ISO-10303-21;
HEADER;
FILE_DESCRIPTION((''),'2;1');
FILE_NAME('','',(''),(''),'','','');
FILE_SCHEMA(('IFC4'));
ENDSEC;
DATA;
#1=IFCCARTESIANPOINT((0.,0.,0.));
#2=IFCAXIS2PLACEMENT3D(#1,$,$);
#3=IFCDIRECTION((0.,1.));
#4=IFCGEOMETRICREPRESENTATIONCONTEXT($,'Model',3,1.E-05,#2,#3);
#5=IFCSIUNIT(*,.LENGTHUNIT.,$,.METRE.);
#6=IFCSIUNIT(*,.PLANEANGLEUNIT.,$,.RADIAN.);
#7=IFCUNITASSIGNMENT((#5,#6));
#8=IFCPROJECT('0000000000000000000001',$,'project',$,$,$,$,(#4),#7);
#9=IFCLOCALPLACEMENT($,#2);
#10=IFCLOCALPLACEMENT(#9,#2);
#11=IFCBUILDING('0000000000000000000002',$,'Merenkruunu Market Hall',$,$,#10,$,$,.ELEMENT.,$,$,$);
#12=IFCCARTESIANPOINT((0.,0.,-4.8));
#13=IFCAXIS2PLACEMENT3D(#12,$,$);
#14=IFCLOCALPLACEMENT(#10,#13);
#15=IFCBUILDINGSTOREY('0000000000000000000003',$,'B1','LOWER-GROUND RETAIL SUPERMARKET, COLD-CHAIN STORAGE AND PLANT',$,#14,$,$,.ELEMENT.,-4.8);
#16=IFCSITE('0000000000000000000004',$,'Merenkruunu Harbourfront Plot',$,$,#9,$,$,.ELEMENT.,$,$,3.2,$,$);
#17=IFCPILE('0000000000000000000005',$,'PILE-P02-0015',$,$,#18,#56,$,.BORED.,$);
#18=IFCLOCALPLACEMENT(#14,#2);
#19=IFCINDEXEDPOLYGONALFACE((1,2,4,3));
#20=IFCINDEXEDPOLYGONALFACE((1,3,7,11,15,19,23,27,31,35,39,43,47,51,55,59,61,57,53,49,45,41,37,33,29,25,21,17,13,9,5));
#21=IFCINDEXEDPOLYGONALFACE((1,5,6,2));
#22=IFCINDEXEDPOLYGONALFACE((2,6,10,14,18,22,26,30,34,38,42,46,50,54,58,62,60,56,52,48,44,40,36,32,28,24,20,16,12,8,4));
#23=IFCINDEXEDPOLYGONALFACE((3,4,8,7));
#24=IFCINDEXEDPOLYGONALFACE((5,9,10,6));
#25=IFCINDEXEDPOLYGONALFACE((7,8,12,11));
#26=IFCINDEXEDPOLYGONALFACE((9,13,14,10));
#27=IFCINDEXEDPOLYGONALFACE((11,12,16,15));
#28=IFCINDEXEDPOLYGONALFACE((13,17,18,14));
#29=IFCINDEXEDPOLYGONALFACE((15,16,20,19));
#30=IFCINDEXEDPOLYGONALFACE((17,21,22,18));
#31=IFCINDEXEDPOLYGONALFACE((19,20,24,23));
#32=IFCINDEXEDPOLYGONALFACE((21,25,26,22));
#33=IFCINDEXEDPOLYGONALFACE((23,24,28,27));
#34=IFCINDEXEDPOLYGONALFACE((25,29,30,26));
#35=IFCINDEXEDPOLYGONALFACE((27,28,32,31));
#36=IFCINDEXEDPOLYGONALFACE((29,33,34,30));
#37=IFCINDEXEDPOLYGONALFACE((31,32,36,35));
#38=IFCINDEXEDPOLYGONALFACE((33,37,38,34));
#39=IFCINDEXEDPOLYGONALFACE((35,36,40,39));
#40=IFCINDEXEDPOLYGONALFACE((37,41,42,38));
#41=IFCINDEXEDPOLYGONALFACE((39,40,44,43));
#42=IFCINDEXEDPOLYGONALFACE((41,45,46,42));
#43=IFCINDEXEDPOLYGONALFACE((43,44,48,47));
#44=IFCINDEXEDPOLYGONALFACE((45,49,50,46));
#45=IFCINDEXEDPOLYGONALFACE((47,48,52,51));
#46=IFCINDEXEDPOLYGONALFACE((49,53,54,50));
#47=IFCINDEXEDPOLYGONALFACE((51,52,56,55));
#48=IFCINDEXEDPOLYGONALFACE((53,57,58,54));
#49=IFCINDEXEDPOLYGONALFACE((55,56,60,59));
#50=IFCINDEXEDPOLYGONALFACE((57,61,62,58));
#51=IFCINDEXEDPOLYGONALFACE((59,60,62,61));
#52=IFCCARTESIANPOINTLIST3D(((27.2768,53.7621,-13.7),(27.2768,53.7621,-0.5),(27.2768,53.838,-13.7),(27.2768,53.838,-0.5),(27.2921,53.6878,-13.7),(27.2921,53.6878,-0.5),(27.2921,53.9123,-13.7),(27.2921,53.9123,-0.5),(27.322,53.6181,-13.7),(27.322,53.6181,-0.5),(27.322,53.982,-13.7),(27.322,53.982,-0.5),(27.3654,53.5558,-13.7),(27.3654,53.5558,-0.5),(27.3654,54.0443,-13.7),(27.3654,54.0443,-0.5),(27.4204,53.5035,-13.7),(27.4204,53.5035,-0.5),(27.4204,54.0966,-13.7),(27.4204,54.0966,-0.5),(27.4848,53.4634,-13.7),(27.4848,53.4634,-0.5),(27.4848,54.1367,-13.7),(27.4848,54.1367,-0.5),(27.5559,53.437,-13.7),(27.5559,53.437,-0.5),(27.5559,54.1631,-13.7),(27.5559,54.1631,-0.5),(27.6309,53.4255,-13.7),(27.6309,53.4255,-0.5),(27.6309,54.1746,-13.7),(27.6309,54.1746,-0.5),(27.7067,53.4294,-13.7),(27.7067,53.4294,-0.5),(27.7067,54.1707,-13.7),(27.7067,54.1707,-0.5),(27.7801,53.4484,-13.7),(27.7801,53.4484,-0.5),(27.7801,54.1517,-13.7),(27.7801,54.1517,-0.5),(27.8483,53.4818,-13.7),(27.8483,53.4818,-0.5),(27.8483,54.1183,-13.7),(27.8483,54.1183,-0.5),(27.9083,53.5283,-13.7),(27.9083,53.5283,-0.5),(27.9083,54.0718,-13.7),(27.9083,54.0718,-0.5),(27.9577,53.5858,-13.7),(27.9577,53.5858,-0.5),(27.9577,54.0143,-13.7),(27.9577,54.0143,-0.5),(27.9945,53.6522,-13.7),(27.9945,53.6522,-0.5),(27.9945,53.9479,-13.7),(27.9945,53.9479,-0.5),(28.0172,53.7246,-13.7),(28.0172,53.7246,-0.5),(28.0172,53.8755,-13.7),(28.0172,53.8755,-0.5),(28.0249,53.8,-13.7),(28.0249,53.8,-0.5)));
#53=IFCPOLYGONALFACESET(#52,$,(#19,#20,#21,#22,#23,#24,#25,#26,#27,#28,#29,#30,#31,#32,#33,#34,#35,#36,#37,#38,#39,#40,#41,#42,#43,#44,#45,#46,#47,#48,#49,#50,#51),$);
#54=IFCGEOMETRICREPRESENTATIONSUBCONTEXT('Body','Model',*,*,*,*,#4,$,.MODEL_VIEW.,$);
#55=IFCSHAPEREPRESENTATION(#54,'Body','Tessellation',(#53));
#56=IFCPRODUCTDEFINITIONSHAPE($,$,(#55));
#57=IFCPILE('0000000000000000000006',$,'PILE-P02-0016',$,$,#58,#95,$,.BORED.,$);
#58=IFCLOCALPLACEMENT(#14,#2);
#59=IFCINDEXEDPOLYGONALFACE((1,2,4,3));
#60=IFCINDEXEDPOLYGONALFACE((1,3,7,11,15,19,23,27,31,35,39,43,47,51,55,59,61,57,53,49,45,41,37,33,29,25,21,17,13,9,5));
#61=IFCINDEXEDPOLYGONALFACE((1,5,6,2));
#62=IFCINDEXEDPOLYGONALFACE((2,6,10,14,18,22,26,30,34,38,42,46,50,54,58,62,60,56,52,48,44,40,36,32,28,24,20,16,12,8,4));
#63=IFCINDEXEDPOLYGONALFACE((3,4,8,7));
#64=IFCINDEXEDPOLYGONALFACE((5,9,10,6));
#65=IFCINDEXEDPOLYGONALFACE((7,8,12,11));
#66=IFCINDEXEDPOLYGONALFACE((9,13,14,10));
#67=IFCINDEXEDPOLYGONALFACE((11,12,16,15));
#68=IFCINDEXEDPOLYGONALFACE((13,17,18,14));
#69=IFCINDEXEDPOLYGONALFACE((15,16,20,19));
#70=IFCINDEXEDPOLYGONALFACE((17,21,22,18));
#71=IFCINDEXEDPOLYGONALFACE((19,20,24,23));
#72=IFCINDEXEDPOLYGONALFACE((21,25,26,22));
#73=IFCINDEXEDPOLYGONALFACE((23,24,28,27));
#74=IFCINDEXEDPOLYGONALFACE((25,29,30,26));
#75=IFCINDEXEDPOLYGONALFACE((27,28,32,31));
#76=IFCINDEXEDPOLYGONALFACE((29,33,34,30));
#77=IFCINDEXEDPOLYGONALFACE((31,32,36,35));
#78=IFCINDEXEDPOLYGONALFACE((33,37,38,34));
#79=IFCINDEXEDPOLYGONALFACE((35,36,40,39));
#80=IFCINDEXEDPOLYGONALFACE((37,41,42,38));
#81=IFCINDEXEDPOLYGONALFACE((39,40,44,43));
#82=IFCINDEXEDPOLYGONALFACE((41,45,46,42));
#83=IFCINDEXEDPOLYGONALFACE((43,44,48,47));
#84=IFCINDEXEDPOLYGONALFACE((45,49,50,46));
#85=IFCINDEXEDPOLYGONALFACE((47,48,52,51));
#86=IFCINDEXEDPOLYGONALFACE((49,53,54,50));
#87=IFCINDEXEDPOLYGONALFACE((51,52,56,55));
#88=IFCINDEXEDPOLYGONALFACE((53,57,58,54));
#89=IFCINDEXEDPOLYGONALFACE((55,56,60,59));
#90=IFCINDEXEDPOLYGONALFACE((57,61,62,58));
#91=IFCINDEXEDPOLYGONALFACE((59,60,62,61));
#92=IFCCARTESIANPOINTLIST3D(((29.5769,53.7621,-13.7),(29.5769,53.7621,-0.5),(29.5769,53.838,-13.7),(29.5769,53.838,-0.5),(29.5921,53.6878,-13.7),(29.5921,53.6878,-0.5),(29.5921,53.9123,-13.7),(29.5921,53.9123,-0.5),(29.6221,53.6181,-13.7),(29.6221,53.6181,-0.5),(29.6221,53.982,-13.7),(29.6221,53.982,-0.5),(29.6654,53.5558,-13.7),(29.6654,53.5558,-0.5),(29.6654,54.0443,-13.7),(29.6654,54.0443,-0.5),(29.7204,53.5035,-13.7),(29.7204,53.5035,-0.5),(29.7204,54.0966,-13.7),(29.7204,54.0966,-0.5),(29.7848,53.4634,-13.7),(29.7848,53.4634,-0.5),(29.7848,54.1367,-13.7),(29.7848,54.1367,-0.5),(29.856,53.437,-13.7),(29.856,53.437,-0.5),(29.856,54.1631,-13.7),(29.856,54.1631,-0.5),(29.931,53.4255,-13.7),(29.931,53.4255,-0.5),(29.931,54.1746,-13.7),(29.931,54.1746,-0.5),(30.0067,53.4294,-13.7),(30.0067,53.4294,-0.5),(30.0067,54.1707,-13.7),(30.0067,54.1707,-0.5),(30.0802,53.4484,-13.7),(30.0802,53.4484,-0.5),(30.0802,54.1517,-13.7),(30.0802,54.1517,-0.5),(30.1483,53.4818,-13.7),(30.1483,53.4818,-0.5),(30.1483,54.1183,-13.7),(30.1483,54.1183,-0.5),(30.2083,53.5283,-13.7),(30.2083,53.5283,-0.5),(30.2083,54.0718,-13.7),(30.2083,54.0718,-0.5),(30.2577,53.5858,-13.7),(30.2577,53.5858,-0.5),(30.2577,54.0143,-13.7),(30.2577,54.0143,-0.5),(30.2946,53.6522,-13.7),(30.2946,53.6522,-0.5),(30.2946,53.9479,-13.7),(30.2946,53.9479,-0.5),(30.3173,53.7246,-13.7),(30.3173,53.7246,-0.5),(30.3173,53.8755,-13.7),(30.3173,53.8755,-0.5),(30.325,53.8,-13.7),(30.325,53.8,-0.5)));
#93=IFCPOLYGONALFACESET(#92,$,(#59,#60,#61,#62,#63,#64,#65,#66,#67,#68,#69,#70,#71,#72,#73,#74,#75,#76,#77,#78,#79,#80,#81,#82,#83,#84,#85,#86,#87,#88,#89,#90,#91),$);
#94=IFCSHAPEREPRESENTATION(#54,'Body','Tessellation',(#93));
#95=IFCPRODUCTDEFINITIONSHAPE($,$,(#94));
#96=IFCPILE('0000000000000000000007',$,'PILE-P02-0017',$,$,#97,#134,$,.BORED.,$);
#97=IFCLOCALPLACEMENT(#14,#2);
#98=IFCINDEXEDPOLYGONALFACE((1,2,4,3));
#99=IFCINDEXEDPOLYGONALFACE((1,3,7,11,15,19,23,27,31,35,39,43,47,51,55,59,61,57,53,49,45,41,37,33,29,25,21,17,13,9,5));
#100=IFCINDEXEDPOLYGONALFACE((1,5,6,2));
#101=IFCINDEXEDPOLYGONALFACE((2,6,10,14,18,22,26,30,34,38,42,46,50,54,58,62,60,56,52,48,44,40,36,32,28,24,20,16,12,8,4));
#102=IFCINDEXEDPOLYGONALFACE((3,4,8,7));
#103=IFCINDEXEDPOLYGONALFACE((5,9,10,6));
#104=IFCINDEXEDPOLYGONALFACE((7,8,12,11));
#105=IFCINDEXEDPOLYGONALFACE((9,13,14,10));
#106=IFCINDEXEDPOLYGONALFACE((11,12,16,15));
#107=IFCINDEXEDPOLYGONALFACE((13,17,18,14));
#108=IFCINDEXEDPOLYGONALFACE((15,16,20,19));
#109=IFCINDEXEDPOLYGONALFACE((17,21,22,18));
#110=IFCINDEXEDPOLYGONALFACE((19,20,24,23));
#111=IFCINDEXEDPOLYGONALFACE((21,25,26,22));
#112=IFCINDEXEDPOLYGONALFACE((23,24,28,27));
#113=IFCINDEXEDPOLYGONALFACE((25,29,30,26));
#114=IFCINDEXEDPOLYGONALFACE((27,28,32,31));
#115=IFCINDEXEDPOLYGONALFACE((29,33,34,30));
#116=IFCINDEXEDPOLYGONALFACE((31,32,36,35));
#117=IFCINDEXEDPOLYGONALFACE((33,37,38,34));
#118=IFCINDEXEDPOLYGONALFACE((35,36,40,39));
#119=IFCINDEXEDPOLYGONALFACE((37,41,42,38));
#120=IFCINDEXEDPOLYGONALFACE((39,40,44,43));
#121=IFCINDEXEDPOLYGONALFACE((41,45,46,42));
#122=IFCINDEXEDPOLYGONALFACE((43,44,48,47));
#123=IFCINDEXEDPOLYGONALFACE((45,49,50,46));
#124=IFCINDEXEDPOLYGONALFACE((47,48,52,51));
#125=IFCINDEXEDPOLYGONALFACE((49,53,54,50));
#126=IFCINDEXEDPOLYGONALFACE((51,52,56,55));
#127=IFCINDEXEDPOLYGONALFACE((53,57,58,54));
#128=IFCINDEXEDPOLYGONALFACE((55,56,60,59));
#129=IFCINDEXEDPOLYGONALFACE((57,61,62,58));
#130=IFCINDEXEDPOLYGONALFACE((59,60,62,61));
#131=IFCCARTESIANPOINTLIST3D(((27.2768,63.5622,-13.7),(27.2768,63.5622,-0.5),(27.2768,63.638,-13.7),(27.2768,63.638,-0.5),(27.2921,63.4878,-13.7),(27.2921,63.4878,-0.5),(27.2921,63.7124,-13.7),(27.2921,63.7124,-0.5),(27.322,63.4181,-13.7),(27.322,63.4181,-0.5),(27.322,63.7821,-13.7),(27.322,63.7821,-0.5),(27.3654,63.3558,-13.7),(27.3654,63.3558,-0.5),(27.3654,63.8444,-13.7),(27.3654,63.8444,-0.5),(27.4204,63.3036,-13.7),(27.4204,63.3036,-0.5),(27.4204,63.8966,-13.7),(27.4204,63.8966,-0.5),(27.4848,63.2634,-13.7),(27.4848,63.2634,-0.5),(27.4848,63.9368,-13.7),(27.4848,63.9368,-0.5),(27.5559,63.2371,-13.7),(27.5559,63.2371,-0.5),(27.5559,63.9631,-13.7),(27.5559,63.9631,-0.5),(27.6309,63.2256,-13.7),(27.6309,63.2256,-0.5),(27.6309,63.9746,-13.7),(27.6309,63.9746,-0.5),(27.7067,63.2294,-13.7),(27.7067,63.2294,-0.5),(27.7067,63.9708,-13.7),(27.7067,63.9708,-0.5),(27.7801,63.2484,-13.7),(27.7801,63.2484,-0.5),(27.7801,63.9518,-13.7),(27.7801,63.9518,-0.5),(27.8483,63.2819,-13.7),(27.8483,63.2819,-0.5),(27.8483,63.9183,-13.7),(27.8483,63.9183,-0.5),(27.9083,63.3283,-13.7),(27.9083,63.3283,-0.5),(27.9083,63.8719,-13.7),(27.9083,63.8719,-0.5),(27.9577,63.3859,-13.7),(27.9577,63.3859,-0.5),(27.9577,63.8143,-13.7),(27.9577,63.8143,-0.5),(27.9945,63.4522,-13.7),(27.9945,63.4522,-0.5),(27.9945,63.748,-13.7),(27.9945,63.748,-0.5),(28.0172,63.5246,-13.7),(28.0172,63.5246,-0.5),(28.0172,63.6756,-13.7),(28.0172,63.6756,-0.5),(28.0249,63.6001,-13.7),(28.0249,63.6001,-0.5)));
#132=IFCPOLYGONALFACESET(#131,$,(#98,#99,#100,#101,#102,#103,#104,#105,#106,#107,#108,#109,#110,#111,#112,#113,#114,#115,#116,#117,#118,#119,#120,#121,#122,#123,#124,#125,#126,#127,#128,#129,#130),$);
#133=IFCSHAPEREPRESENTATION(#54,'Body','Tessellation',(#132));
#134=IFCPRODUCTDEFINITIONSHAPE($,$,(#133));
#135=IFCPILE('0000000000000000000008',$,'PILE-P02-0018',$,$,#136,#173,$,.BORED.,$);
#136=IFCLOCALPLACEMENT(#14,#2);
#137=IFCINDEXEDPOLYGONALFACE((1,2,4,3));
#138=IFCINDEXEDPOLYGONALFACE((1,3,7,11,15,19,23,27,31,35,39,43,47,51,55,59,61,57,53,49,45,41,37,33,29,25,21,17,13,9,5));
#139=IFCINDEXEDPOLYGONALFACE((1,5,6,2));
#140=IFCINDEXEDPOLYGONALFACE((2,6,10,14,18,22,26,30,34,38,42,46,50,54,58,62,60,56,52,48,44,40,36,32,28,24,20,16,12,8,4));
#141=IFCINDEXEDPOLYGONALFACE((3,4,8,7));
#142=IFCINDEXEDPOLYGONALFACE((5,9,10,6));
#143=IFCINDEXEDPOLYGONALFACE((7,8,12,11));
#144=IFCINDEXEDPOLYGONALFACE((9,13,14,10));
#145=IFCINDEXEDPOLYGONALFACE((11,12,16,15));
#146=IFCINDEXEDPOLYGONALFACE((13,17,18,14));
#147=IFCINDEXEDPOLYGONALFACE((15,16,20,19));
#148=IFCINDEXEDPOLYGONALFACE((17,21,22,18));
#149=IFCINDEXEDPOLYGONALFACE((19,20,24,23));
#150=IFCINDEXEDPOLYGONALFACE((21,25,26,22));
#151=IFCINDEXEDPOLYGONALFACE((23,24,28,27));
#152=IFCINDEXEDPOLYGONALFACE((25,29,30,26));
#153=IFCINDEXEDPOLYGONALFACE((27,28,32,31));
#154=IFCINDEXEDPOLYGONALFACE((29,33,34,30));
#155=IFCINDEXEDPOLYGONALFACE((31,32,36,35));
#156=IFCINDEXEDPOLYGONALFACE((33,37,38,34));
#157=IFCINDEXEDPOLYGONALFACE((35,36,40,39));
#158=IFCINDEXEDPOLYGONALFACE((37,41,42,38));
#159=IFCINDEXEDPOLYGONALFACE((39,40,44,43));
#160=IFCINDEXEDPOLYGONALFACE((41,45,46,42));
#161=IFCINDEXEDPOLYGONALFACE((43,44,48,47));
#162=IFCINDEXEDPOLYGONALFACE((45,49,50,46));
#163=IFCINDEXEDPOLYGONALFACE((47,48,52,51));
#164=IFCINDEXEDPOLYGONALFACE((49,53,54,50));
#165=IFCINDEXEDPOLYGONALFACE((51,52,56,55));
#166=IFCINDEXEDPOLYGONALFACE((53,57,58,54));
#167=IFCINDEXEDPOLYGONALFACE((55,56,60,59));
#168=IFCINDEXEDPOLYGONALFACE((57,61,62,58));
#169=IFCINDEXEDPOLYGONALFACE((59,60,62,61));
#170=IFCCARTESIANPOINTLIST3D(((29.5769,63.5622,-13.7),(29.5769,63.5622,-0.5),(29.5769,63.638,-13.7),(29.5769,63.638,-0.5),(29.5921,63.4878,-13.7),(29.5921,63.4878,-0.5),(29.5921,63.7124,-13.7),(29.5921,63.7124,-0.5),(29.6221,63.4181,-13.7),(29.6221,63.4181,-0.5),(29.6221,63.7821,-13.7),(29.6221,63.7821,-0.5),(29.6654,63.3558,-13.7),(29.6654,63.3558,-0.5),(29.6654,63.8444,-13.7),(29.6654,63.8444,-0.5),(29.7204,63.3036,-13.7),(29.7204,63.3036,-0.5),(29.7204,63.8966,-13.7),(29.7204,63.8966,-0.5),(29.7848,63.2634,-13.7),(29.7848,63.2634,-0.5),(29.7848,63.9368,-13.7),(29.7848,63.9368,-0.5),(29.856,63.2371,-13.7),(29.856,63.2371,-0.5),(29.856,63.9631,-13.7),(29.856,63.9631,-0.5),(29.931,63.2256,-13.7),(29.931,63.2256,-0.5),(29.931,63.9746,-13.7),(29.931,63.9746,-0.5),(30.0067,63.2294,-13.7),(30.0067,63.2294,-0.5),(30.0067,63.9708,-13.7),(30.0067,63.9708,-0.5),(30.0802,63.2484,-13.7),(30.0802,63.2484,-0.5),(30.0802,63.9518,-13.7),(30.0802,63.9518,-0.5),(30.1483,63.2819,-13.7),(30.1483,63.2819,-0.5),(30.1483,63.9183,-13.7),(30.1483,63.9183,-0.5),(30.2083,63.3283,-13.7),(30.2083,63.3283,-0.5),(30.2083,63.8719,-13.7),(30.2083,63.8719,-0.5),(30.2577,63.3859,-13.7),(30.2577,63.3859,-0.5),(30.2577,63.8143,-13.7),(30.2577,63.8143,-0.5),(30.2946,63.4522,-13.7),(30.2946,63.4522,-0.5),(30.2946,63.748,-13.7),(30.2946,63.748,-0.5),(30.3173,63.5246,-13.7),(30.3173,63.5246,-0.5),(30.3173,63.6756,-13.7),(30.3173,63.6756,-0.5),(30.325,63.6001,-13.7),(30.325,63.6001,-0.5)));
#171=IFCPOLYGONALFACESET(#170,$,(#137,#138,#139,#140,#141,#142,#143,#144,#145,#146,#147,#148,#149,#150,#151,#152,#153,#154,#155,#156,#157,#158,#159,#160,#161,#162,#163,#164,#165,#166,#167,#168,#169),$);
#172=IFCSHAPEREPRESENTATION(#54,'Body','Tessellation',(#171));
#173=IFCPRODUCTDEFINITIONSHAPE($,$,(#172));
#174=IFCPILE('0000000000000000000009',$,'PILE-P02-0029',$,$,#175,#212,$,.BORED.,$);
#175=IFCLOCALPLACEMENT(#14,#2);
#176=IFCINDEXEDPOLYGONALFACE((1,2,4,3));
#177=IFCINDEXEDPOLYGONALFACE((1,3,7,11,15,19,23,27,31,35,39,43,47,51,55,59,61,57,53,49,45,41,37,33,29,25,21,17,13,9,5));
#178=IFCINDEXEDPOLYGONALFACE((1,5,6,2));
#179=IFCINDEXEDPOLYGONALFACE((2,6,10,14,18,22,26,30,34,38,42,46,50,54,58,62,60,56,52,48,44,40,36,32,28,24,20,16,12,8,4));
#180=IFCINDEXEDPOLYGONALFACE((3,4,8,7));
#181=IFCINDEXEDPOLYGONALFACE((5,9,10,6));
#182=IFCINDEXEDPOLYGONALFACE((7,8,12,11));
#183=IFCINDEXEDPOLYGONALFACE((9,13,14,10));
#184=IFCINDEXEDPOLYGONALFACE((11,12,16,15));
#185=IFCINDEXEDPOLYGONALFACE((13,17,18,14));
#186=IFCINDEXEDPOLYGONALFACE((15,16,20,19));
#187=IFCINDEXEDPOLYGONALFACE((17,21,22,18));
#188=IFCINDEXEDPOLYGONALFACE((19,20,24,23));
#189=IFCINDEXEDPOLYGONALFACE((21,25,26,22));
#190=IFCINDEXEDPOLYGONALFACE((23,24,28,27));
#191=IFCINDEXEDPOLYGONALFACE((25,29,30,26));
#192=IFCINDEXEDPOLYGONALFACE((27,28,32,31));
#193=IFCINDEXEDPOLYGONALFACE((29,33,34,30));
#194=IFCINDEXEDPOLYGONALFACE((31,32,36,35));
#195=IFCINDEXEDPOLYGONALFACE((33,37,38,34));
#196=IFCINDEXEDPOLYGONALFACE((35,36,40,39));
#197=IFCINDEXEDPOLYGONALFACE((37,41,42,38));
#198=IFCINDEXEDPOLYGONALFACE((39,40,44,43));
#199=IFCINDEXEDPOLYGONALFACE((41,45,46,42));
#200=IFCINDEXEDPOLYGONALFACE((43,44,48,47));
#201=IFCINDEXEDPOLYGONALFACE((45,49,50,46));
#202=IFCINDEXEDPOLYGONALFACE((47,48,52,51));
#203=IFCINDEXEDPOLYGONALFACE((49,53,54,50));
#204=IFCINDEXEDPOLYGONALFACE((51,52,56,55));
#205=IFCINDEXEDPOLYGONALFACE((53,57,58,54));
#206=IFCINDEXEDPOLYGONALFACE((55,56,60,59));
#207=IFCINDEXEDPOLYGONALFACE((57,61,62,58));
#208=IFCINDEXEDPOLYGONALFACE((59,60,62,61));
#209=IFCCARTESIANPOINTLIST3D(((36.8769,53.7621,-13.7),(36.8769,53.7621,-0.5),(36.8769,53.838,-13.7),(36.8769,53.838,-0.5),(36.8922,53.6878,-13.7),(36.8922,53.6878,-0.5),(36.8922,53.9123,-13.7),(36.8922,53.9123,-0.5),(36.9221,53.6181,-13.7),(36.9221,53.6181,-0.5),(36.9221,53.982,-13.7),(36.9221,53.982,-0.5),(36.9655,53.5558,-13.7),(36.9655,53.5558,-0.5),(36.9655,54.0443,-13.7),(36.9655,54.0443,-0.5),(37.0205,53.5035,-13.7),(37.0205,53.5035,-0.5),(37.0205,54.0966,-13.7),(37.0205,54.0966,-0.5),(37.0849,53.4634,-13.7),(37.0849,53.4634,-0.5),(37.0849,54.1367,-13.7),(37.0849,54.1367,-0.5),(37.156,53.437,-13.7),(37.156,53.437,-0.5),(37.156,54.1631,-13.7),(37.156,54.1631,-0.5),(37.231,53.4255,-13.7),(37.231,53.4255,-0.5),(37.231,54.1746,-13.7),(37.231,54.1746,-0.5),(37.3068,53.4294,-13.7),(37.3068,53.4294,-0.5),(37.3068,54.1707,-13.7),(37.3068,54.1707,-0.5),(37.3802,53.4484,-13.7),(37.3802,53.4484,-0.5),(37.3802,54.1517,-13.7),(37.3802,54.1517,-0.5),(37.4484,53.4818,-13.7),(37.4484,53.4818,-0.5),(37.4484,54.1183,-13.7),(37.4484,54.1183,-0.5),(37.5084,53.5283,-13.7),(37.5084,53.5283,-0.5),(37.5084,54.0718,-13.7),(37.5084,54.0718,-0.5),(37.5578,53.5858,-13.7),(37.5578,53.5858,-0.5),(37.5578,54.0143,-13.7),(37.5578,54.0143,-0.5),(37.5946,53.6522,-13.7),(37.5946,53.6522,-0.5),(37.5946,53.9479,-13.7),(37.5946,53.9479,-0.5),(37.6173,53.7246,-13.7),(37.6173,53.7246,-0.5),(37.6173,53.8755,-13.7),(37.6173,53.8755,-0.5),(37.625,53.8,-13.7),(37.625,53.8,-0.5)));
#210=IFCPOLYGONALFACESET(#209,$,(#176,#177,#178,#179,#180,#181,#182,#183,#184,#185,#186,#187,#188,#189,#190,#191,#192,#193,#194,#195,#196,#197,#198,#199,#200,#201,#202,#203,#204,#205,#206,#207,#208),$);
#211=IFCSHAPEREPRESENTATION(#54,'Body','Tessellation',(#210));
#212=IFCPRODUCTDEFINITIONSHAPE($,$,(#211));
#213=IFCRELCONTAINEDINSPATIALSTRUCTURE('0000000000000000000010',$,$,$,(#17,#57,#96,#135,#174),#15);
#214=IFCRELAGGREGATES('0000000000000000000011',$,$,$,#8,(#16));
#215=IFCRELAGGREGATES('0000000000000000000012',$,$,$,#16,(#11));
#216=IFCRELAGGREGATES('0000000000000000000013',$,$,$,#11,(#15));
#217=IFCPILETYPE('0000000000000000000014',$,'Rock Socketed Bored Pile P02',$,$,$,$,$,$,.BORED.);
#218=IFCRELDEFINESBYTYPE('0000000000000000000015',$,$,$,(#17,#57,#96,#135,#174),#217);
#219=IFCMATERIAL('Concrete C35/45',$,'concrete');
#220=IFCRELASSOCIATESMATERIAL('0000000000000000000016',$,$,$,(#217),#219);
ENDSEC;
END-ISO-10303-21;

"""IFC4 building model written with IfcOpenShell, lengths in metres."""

from ifc_helpers import new_model, si_unit, direction, frame, origin, origin_2d, place, context, subcontext, project, spatial, circle, extrude, material, material_profile, profile_set, type_object, element, save


model = new_model("IFC4")

# Units and contexts
model_context = context("Model", 3, precision=1e-05, world=origin(), true_north=direction((0.0, 1.0)))
body_context = subcontext(model_context, "Body", "Model", "MODEL_VIEW")
ifc_project = project(units=[si_unit("LENGTHUNIT", "METRE"), si_unit("PLANEANGLEUNIT", "RADIAN")], contexts=[model_context])

# Site, building, storey
site_placement = place(None, origin())
site = spatial("IfcSite", under=ifc_project, at=site_placement, Name="Merenkruunu Harbourfront Plot", CompositionType="ELEMENT", RefElevation=3.2)
building_placement = place(site_placement, origin())
building = spatial("IfcBuilding", under=site, at=building_placement, Name="Merenkruunu Market Hall", CompositionType="ELEMENT")
storey_placement = place(building_placement, frame((0.0, 0.0, -4.8)))
storey = spatial("IfcBuildingStorey", under=building, at=storey_placement, Name="B1", Description="LOWER-GROUND RETAIL SUPERMARKET, COLD-CHAIN STORAGE AND PLANT", CompositionType="ELEMENT", Elevation=-4.8)

# Piles
ifc_material_1 = material(Name="Concrete C35/45", Category="concrete")
ifc_material_profile_1 = material_profile(ifc_material_1, circle(Radius=0.375, at=origin_2d()), Name="BORED PILE 750")
ifc_profile_set_1 = profile_set([ifc_material_profile_1], Name="Concrete C35/45")
pile_type = type_object("IfcPileType", Name="Rock Socketed Bored Pile P02", PredefinedType="BORED", material=ifc_profile_set_1)
for number, where, z_axis, x_axis, name in (
    (1, (27.6499, 53.8, -0.5), (0.0, 0.0, -1.0), (1.0, 0.0, 0.0), "PILE-P02-0015"),
    (2, (29.95, 53.8, -0.5), (0.0, 0.0, -1.0), (1.0, 0.0, 0.0), "PILE-P02-0016"),
    (3, (27.6499, 63.6001, -0.5), (0.0, 0.0, -1.0), (1.0, 0.0, 0.0), "PILE-P02-0017"),
    (4, (29.95, 63.6001, -0.5), (0.0, 0.0, -1.0), (1.0, 0.0, 0.0), "PILE-P02-0018"),
    (5, (37.25, 53.8, -0.5), (0.0, 0.0, -1.0), (1.0, 0.0, 0.0), "PILE-P02-0029"),
):
    element("IfcPile", number, at=place(storey_placement, frame(where, z_axis=z_axis, x_axis=x_axis)), inside=storey, type_object=pile_type, Name=name, PredefinedType="BORED", context=body_context, shape_type="SweptSolid", body=[
        extrude(circle(Radius=0.375, at=origin_2d()), origin(), (0.0, 0.0, 1.0), 13.2),
    ])

save(model, "model.ifc")
